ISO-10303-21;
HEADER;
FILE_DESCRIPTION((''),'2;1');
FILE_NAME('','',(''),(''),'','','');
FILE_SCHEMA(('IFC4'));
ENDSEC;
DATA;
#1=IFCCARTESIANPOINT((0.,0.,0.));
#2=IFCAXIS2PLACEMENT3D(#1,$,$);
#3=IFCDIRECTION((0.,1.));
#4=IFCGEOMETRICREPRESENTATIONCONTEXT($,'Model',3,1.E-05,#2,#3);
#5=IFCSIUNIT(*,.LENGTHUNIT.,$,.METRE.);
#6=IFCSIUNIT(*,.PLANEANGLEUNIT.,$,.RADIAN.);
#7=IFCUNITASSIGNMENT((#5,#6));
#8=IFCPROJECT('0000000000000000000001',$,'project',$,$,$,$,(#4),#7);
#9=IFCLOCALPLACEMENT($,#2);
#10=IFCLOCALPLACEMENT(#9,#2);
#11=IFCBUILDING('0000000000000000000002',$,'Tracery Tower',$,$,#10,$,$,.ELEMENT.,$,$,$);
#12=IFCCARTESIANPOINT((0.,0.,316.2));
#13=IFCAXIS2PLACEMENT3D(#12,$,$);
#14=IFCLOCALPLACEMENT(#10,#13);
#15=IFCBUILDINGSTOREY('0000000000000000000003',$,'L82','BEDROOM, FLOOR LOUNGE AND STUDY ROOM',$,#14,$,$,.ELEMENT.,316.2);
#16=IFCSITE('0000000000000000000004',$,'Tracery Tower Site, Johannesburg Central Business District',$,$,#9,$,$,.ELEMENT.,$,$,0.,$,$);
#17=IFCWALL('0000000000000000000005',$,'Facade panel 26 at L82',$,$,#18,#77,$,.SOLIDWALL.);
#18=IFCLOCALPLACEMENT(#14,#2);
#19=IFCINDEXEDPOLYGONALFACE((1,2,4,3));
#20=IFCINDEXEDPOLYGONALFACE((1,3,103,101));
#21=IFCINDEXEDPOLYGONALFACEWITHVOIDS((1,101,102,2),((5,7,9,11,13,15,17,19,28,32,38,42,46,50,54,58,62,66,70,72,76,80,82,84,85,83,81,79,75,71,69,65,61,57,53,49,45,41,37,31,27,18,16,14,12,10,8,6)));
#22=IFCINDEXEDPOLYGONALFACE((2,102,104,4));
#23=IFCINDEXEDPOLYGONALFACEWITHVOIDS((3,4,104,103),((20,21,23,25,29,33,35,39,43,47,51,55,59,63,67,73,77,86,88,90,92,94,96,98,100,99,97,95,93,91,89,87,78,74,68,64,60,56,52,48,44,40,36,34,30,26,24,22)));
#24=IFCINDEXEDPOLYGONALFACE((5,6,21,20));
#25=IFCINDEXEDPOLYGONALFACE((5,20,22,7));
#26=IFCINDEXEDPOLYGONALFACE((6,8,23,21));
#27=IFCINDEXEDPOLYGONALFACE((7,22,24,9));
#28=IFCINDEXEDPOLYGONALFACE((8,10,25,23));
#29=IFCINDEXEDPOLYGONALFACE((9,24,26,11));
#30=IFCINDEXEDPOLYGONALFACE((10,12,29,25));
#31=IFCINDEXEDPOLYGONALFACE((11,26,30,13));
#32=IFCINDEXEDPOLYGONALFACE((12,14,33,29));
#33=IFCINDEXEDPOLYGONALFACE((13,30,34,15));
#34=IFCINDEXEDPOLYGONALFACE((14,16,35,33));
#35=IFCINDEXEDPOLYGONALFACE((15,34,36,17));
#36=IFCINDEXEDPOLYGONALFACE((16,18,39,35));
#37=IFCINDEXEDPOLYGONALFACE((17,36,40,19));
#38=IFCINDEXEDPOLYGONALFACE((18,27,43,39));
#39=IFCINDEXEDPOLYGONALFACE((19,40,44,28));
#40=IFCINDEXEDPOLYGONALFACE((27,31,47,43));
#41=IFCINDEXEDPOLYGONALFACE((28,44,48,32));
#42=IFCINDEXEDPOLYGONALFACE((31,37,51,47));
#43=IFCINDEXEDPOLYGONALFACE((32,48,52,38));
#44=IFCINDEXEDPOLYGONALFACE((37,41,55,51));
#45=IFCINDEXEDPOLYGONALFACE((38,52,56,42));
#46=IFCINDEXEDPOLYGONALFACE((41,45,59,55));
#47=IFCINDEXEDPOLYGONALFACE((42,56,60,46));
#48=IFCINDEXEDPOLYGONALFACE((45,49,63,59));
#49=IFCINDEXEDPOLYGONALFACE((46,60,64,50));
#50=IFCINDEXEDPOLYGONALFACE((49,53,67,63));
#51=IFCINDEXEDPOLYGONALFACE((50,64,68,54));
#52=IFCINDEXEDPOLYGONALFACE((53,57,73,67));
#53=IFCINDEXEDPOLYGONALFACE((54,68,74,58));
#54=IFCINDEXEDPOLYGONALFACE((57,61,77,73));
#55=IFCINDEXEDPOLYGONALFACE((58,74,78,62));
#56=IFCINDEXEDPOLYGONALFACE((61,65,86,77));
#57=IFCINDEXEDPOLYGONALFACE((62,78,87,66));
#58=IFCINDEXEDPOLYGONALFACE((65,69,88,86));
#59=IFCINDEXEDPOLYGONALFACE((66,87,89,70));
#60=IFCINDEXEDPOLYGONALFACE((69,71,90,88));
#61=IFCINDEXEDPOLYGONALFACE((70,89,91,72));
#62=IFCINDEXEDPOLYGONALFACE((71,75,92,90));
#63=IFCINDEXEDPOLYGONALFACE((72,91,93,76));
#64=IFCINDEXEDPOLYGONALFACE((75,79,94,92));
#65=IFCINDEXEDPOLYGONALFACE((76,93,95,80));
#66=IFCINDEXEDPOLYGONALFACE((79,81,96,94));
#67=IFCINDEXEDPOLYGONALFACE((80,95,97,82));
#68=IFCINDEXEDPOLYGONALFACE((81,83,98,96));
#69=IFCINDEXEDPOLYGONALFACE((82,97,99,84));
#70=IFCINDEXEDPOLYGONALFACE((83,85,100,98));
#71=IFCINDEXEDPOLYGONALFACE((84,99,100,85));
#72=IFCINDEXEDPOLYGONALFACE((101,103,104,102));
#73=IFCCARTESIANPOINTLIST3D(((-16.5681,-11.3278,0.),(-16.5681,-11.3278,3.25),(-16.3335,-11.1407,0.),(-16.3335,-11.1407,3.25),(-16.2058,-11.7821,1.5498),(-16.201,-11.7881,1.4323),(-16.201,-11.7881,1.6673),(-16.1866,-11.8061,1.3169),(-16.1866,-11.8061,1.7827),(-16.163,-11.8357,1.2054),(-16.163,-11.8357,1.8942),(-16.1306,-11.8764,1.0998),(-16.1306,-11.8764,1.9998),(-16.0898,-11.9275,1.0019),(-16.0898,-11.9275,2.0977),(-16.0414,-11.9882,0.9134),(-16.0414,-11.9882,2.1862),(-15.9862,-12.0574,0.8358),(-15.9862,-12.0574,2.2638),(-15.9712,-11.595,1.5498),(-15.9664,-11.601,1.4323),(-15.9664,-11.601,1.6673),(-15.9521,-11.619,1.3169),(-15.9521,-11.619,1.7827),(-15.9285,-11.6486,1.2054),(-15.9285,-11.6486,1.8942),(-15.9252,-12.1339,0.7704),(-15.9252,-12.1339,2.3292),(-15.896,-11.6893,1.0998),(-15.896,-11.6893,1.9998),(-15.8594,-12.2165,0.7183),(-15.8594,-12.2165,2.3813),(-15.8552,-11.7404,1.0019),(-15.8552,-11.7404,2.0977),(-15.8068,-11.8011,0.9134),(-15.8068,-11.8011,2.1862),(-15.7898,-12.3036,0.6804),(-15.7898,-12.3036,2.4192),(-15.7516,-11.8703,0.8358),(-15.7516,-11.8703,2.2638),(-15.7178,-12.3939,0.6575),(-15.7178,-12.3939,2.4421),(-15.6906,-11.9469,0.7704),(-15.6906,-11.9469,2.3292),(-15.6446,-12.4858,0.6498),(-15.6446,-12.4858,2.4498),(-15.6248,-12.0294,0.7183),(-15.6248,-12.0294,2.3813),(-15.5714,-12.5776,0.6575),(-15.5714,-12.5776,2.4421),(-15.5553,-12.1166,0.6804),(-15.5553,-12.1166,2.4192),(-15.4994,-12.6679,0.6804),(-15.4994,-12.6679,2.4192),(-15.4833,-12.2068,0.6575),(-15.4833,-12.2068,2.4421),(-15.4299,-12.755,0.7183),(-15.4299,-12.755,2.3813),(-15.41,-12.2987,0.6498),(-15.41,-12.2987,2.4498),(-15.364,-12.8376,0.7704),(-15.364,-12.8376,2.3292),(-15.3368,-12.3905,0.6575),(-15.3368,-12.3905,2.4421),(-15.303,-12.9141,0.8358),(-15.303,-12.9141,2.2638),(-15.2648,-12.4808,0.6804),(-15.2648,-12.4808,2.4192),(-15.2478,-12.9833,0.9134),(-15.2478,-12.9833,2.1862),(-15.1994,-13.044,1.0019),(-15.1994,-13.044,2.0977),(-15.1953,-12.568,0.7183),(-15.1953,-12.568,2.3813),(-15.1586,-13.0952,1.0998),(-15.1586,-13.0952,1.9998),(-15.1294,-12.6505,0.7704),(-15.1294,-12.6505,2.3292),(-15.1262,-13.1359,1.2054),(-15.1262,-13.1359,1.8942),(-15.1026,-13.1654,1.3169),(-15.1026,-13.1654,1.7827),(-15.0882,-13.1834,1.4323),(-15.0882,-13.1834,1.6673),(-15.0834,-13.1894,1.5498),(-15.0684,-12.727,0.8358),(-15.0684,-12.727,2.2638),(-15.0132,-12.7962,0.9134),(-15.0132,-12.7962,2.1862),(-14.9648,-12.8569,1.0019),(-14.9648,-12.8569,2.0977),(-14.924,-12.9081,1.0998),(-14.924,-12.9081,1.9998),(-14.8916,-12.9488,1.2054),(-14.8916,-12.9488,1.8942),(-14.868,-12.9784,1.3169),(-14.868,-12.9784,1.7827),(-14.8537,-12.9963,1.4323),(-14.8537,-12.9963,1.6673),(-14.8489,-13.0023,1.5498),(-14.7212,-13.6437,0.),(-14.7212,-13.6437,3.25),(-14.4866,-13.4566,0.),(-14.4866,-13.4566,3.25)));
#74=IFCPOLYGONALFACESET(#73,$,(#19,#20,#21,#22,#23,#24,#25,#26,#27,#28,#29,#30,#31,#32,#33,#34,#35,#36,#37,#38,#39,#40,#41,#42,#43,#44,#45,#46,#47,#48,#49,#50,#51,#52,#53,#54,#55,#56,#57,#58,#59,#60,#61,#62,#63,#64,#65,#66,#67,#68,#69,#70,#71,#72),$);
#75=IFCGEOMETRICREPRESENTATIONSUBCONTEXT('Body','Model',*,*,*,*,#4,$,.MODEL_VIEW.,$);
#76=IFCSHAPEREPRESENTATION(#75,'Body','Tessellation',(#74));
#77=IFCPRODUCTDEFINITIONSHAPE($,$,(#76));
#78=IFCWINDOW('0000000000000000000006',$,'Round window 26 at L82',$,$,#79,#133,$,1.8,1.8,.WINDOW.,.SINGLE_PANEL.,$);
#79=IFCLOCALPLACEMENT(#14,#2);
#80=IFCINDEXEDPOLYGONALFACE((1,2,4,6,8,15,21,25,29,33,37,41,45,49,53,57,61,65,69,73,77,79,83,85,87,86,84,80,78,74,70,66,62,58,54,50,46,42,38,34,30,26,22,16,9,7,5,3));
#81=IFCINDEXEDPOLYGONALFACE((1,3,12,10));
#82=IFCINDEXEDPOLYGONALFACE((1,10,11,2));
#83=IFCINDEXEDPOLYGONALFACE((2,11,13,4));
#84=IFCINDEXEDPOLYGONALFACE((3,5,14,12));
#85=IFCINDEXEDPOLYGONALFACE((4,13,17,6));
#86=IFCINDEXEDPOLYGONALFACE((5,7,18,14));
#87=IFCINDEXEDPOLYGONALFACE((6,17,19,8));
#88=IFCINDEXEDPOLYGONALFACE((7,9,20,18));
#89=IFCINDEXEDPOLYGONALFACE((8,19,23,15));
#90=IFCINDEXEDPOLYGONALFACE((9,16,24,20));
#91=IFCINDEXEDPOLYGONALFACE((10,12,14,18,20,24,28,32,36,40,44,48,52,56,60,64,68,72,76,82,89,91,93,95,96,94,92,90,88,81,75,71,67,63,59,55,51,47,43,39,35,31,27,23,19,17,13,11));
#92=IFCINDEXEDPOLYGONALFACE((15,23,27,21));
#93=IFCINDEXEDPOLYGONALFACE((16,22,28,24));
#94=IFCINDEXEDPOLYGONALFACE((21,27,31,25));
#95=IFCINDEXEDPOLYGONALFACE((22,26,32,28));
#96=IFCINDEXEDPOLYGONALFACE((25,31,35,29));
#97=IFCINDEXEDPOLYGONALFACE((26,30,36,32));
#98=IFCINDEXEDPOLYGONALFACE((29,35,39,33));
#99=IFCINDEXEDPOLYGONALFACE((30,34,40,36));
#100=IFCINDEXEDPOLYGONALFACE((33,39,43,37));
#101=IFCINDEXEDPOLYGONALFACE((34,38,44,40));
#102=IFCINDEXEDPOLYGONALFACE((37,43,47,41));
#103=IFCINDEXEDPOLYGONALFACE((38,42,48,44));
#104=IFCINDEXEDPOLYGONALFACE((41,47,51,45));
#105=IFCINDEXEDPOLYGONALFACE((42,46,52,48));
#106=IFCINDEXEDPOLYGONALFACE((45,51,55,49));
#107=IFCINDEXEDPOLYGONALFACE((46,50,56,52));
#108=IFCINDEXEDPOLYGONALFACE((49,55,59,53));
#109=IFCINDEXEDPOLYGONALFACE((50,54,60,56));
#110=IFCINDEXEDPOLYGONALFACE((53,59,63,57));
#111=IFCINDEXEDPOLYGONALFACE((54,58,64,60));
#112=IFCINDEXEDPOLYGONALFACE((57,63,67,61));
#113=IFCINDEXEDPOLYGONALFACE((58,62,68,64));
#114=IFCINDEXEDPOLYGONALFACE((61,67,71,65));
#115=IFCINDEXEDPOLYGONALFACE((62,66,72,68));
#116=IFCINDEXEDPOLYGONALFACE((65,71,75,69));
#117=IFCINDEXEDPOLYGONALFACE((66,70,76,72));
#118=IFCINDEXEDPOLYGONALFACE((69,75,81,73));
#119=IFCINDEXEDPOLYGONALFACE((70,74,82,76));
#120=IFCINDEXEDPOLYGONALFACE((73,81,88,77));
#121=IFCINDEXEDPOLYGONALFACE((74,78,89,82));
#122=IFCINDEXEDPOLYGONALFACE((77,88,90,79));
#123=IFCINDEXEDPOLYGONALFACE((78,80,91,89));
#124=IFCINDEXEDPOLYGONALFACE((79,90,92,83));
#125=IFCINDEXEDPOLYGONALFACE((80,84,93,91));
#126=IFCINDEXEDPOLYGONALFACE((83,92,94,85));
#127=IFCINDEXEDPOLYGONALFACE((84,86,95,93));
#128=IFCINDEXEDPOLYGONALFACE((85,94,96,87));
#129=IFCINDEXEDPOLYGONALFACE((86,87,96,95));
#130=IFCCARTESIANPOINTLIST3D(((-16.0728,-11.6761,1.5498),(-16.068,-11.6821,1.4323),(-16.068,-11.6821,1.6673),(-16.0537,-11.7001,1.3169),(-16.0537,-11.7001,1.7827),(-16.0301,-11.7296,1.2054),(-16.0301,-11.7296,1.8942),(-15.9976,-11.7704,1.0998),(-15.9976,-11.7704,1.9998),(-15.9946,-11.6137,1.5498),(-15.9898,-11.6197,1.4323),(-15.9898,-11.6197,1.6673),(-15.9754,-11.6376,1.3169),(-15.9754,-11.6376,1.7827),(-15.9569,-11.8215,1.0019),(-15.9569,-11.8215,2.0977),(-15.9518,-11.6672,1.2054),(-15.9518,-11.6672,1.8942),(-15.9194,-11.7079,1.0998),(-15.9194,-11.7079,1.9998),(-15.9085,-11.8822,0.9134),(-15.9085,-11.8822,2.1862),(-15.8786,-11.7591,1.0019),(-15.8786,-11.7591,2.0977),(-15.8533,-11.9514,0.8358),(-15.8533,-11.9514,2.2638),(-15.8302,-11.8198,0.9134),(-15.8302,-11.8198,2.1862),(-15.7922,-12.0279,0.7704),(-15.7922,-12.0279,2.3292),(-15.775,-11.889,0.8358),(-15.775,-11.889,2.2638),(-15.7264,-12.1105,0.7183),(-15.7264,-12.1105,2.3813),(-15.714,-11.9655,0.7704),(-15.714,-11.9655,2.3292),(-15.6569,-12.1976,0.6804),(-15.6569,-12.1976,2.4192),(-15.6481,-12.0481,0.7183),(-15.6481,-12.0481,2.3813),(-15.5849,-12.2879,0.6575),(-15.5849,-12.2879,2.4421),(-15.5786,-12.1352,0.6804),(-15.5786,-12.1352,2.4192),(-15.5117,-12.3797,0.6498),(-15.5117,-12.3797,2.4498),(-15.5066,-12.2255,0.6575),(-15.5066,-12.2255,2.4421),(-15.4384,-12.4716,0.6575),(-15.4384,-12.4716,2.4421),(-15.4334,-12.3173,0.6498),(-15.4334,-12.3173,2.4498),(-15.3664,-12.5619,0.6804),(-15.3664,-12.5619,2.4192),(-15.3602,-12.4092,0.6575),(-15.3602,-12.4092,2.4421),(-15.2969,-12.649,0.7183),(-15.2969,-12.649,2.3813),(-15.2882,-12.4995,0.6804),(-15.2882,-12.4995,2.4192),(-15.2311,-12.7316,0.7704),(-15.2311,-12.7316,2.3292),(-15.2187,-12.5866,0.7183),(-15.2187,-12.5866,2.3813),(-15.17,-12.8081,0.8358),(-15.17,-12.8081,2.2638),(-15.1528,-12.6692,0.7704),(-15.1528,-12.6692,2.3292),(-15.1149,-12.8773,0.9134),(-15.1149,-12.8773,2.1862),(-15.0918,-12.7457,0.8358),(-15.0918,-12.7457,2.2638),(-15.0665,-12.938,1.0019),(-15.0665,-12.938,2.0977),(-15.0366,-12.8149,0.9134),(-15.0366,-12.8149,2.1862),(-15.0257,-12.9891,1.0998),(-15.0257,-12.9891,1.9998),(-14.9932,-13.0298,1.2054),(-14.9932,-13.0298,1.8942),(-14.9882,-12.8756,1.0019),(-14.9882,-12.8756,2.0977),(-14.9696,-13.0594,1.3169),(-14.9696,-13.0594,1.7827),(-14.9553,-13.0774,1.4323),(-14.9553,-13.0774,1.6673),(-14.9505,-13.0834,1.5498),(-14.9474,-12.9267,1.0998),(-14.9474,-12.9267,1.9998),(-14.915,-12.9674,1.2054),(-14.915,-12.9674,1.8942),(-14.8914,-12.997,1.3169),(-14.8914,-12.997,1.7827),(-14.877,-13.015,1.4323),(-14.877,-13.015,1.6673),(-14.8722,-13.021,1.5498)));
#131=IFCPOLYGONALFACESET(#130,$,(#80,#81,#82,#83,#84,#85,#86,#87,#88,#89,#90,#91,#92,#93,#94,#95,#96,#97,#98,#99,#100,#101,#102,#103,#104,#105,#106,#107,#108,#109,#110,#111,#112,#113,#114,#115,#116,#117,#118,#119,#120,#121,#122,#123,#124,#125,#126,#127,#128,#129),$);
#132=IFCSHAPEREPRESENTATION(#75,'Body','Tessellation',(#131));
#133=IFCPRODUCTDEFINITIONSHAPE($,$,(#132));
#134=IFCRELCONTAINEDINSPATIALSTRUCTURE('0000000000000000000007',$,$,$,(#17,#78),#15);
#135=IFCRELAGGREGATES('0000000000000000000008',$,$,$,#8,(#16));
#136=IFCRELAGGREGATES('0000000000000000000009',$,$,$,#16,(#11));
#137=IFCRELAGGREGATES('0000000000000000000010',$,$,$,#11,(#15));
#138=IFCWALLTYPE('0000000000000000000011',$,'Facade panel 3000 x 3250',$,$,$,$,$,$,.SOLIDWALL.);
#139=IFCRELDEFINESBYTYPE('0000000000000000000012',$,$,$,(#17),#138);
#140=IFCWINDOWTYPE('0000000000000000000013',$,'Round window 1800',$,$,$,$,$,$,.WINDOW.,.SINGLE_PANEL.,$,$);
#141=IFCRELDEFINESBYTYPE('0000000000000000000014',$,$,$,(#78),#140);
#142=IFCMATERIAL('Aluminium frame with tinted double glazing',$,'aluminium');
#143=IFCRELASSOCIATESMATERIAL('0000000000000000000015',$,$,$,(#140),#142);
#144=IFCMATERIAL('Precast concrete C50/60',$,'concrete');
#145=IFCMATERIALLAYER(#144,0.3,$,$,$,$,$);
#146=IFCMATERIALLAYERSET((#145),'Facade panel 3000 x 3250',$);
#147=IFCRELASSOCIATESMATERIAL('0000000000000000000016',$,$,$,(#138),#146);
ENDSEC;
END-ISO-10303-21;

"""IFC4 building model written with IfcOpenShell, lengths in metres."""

from ifc_helpers import new_model, si_unit, direction, frame, frame_2d, origin, origin_2d, place, context, subcontext, project, spatial, rectangle, circle, extrude, material, layer, layer_set, type_object, element, fill, save


model = new_model("IFC4")

# Units and contexts
model_context = context("Model", 3, precision=1e-05, world=origin(), true_north=direction((0.0, 1.0)))
body_context = subcontext(model_context, "Body", "Model", "MODEL_VIEW")
ifc_project = project(units=[si_unit("LENGTHUNIT", "METRE"), si_unit("PLANEANGLEUNIT", "RADIAN")], contexts=[model_context])

# Site, building, storey
site_placement = place(None, origin())
site = spatial("IfcSite", under=ifc_project, at=site_placement, Name="Tracery Tower Site, Johannesburg Central Business District", CompositionType="ELEMENT", RefElevation=0.0)
building_placement = place(site_placement, origin())
building = spatial("IfcBuilding", under=site, at=building_placement, Name="Tracery Tower", CompositionType="ELEMENT")
storey_placement = place(building_placement, frame((0.0, 0.0, 316.2)))
storey = spatial("IfcBuildingStorey", under=building, at=storey_placement, Name="L82", Description="BEDROOM, FLOOR LOUNGE AND STUDY ROOM", CompositionType="ELEMENT", Elevation=316.2)

# Wall, opening, window
ifc_material_1 = material(Name="Aluminium frame with tinted double glazing", Category="aluminium")
window_type = type_object("IfcWindowType", Name="Round window 1800", PartitioningType="SINGLE_PANEL", PredefinedType="WINDOW", material=ifc_material_1)
ifc_material_2 = material(Name="Precast concrete C50/60", Category="concrete")
ifc_layer_1 = layer(ifc_material_2, 0.3)
ifc_layer_set_1 = layer_set([ifc_layer_1], Name="Facade panel 3000 x 3250")
wall_type_1 = type_object("IfcWallType", Name="Facade panel 3000 x 3250", PredefinedType="SOLIDWALL", material=ifc_layer_set_1)
wall_1_placement = place(storey_placement, frame((-16.4507, -11.2344, 0.0), z_axis=(0.0, 0.0, 1.0), x_axis=(0.623498, -0.781825, 0.0)))
wall_1 = element("IfcWall", 1, at=wall_1_placement, inside=storey, type_object=wall_type_1, Name="Facade panel 26 at L82", PredefinedType="SOLIDWALL", context=body_context, shape_type="SweptSolid", body=[
    extrude(rectangle(XDim=2.9622, YDim=0.3, at=frame_2d((1.481, 0.0))), origin(), (0.0, 0.0, 1.0), 3.25),
])
opening_1_placement = place(wall_1_placement, frame((1.481, 0.0, 1.5498)))
opening_1 = element("IfcOpeningElement", 2, at=opening_1_placement, cuts=wall_1, PredefinedType="OPENING", context=body_context, shape_type="SweptSolid", body=[
    extrude(circle(Radius=0.9, at=origin_2d()), frame((0.0, 0.1599, 0.0), z_axis=(0.0, -1.0, 0.0), x_axis=(1.0, 0.0, 0.0)), (0.0, 0.0, 1.0), 0.3201),
])
window_1_placement = place(opening_1_placement, origin())
window_1 = element("IfcWindow", 3, at=window_1_placement, inside=storey, type_object=window_type, Name="Round window 26 at L82", OverallHeight=1.8, OverallWidth=1.8, PartitioningType="SINGLE_PANEL", PredefinedType="WINDOW", context=body_context, shape_type="SweptSolid", body=[
    extrude(circle(Radius=0.9, at=origin_2d()), frame((0.0, 0.1201, 0.0), z_axis=(0.0, -1.0, 0.0), x_axis=(1.0, 0.0, 0.0)), (0.0, 0.0, 1.0), 0.1001),
])
fill(opening_1, window_1)

save(model, "model.ifc")
